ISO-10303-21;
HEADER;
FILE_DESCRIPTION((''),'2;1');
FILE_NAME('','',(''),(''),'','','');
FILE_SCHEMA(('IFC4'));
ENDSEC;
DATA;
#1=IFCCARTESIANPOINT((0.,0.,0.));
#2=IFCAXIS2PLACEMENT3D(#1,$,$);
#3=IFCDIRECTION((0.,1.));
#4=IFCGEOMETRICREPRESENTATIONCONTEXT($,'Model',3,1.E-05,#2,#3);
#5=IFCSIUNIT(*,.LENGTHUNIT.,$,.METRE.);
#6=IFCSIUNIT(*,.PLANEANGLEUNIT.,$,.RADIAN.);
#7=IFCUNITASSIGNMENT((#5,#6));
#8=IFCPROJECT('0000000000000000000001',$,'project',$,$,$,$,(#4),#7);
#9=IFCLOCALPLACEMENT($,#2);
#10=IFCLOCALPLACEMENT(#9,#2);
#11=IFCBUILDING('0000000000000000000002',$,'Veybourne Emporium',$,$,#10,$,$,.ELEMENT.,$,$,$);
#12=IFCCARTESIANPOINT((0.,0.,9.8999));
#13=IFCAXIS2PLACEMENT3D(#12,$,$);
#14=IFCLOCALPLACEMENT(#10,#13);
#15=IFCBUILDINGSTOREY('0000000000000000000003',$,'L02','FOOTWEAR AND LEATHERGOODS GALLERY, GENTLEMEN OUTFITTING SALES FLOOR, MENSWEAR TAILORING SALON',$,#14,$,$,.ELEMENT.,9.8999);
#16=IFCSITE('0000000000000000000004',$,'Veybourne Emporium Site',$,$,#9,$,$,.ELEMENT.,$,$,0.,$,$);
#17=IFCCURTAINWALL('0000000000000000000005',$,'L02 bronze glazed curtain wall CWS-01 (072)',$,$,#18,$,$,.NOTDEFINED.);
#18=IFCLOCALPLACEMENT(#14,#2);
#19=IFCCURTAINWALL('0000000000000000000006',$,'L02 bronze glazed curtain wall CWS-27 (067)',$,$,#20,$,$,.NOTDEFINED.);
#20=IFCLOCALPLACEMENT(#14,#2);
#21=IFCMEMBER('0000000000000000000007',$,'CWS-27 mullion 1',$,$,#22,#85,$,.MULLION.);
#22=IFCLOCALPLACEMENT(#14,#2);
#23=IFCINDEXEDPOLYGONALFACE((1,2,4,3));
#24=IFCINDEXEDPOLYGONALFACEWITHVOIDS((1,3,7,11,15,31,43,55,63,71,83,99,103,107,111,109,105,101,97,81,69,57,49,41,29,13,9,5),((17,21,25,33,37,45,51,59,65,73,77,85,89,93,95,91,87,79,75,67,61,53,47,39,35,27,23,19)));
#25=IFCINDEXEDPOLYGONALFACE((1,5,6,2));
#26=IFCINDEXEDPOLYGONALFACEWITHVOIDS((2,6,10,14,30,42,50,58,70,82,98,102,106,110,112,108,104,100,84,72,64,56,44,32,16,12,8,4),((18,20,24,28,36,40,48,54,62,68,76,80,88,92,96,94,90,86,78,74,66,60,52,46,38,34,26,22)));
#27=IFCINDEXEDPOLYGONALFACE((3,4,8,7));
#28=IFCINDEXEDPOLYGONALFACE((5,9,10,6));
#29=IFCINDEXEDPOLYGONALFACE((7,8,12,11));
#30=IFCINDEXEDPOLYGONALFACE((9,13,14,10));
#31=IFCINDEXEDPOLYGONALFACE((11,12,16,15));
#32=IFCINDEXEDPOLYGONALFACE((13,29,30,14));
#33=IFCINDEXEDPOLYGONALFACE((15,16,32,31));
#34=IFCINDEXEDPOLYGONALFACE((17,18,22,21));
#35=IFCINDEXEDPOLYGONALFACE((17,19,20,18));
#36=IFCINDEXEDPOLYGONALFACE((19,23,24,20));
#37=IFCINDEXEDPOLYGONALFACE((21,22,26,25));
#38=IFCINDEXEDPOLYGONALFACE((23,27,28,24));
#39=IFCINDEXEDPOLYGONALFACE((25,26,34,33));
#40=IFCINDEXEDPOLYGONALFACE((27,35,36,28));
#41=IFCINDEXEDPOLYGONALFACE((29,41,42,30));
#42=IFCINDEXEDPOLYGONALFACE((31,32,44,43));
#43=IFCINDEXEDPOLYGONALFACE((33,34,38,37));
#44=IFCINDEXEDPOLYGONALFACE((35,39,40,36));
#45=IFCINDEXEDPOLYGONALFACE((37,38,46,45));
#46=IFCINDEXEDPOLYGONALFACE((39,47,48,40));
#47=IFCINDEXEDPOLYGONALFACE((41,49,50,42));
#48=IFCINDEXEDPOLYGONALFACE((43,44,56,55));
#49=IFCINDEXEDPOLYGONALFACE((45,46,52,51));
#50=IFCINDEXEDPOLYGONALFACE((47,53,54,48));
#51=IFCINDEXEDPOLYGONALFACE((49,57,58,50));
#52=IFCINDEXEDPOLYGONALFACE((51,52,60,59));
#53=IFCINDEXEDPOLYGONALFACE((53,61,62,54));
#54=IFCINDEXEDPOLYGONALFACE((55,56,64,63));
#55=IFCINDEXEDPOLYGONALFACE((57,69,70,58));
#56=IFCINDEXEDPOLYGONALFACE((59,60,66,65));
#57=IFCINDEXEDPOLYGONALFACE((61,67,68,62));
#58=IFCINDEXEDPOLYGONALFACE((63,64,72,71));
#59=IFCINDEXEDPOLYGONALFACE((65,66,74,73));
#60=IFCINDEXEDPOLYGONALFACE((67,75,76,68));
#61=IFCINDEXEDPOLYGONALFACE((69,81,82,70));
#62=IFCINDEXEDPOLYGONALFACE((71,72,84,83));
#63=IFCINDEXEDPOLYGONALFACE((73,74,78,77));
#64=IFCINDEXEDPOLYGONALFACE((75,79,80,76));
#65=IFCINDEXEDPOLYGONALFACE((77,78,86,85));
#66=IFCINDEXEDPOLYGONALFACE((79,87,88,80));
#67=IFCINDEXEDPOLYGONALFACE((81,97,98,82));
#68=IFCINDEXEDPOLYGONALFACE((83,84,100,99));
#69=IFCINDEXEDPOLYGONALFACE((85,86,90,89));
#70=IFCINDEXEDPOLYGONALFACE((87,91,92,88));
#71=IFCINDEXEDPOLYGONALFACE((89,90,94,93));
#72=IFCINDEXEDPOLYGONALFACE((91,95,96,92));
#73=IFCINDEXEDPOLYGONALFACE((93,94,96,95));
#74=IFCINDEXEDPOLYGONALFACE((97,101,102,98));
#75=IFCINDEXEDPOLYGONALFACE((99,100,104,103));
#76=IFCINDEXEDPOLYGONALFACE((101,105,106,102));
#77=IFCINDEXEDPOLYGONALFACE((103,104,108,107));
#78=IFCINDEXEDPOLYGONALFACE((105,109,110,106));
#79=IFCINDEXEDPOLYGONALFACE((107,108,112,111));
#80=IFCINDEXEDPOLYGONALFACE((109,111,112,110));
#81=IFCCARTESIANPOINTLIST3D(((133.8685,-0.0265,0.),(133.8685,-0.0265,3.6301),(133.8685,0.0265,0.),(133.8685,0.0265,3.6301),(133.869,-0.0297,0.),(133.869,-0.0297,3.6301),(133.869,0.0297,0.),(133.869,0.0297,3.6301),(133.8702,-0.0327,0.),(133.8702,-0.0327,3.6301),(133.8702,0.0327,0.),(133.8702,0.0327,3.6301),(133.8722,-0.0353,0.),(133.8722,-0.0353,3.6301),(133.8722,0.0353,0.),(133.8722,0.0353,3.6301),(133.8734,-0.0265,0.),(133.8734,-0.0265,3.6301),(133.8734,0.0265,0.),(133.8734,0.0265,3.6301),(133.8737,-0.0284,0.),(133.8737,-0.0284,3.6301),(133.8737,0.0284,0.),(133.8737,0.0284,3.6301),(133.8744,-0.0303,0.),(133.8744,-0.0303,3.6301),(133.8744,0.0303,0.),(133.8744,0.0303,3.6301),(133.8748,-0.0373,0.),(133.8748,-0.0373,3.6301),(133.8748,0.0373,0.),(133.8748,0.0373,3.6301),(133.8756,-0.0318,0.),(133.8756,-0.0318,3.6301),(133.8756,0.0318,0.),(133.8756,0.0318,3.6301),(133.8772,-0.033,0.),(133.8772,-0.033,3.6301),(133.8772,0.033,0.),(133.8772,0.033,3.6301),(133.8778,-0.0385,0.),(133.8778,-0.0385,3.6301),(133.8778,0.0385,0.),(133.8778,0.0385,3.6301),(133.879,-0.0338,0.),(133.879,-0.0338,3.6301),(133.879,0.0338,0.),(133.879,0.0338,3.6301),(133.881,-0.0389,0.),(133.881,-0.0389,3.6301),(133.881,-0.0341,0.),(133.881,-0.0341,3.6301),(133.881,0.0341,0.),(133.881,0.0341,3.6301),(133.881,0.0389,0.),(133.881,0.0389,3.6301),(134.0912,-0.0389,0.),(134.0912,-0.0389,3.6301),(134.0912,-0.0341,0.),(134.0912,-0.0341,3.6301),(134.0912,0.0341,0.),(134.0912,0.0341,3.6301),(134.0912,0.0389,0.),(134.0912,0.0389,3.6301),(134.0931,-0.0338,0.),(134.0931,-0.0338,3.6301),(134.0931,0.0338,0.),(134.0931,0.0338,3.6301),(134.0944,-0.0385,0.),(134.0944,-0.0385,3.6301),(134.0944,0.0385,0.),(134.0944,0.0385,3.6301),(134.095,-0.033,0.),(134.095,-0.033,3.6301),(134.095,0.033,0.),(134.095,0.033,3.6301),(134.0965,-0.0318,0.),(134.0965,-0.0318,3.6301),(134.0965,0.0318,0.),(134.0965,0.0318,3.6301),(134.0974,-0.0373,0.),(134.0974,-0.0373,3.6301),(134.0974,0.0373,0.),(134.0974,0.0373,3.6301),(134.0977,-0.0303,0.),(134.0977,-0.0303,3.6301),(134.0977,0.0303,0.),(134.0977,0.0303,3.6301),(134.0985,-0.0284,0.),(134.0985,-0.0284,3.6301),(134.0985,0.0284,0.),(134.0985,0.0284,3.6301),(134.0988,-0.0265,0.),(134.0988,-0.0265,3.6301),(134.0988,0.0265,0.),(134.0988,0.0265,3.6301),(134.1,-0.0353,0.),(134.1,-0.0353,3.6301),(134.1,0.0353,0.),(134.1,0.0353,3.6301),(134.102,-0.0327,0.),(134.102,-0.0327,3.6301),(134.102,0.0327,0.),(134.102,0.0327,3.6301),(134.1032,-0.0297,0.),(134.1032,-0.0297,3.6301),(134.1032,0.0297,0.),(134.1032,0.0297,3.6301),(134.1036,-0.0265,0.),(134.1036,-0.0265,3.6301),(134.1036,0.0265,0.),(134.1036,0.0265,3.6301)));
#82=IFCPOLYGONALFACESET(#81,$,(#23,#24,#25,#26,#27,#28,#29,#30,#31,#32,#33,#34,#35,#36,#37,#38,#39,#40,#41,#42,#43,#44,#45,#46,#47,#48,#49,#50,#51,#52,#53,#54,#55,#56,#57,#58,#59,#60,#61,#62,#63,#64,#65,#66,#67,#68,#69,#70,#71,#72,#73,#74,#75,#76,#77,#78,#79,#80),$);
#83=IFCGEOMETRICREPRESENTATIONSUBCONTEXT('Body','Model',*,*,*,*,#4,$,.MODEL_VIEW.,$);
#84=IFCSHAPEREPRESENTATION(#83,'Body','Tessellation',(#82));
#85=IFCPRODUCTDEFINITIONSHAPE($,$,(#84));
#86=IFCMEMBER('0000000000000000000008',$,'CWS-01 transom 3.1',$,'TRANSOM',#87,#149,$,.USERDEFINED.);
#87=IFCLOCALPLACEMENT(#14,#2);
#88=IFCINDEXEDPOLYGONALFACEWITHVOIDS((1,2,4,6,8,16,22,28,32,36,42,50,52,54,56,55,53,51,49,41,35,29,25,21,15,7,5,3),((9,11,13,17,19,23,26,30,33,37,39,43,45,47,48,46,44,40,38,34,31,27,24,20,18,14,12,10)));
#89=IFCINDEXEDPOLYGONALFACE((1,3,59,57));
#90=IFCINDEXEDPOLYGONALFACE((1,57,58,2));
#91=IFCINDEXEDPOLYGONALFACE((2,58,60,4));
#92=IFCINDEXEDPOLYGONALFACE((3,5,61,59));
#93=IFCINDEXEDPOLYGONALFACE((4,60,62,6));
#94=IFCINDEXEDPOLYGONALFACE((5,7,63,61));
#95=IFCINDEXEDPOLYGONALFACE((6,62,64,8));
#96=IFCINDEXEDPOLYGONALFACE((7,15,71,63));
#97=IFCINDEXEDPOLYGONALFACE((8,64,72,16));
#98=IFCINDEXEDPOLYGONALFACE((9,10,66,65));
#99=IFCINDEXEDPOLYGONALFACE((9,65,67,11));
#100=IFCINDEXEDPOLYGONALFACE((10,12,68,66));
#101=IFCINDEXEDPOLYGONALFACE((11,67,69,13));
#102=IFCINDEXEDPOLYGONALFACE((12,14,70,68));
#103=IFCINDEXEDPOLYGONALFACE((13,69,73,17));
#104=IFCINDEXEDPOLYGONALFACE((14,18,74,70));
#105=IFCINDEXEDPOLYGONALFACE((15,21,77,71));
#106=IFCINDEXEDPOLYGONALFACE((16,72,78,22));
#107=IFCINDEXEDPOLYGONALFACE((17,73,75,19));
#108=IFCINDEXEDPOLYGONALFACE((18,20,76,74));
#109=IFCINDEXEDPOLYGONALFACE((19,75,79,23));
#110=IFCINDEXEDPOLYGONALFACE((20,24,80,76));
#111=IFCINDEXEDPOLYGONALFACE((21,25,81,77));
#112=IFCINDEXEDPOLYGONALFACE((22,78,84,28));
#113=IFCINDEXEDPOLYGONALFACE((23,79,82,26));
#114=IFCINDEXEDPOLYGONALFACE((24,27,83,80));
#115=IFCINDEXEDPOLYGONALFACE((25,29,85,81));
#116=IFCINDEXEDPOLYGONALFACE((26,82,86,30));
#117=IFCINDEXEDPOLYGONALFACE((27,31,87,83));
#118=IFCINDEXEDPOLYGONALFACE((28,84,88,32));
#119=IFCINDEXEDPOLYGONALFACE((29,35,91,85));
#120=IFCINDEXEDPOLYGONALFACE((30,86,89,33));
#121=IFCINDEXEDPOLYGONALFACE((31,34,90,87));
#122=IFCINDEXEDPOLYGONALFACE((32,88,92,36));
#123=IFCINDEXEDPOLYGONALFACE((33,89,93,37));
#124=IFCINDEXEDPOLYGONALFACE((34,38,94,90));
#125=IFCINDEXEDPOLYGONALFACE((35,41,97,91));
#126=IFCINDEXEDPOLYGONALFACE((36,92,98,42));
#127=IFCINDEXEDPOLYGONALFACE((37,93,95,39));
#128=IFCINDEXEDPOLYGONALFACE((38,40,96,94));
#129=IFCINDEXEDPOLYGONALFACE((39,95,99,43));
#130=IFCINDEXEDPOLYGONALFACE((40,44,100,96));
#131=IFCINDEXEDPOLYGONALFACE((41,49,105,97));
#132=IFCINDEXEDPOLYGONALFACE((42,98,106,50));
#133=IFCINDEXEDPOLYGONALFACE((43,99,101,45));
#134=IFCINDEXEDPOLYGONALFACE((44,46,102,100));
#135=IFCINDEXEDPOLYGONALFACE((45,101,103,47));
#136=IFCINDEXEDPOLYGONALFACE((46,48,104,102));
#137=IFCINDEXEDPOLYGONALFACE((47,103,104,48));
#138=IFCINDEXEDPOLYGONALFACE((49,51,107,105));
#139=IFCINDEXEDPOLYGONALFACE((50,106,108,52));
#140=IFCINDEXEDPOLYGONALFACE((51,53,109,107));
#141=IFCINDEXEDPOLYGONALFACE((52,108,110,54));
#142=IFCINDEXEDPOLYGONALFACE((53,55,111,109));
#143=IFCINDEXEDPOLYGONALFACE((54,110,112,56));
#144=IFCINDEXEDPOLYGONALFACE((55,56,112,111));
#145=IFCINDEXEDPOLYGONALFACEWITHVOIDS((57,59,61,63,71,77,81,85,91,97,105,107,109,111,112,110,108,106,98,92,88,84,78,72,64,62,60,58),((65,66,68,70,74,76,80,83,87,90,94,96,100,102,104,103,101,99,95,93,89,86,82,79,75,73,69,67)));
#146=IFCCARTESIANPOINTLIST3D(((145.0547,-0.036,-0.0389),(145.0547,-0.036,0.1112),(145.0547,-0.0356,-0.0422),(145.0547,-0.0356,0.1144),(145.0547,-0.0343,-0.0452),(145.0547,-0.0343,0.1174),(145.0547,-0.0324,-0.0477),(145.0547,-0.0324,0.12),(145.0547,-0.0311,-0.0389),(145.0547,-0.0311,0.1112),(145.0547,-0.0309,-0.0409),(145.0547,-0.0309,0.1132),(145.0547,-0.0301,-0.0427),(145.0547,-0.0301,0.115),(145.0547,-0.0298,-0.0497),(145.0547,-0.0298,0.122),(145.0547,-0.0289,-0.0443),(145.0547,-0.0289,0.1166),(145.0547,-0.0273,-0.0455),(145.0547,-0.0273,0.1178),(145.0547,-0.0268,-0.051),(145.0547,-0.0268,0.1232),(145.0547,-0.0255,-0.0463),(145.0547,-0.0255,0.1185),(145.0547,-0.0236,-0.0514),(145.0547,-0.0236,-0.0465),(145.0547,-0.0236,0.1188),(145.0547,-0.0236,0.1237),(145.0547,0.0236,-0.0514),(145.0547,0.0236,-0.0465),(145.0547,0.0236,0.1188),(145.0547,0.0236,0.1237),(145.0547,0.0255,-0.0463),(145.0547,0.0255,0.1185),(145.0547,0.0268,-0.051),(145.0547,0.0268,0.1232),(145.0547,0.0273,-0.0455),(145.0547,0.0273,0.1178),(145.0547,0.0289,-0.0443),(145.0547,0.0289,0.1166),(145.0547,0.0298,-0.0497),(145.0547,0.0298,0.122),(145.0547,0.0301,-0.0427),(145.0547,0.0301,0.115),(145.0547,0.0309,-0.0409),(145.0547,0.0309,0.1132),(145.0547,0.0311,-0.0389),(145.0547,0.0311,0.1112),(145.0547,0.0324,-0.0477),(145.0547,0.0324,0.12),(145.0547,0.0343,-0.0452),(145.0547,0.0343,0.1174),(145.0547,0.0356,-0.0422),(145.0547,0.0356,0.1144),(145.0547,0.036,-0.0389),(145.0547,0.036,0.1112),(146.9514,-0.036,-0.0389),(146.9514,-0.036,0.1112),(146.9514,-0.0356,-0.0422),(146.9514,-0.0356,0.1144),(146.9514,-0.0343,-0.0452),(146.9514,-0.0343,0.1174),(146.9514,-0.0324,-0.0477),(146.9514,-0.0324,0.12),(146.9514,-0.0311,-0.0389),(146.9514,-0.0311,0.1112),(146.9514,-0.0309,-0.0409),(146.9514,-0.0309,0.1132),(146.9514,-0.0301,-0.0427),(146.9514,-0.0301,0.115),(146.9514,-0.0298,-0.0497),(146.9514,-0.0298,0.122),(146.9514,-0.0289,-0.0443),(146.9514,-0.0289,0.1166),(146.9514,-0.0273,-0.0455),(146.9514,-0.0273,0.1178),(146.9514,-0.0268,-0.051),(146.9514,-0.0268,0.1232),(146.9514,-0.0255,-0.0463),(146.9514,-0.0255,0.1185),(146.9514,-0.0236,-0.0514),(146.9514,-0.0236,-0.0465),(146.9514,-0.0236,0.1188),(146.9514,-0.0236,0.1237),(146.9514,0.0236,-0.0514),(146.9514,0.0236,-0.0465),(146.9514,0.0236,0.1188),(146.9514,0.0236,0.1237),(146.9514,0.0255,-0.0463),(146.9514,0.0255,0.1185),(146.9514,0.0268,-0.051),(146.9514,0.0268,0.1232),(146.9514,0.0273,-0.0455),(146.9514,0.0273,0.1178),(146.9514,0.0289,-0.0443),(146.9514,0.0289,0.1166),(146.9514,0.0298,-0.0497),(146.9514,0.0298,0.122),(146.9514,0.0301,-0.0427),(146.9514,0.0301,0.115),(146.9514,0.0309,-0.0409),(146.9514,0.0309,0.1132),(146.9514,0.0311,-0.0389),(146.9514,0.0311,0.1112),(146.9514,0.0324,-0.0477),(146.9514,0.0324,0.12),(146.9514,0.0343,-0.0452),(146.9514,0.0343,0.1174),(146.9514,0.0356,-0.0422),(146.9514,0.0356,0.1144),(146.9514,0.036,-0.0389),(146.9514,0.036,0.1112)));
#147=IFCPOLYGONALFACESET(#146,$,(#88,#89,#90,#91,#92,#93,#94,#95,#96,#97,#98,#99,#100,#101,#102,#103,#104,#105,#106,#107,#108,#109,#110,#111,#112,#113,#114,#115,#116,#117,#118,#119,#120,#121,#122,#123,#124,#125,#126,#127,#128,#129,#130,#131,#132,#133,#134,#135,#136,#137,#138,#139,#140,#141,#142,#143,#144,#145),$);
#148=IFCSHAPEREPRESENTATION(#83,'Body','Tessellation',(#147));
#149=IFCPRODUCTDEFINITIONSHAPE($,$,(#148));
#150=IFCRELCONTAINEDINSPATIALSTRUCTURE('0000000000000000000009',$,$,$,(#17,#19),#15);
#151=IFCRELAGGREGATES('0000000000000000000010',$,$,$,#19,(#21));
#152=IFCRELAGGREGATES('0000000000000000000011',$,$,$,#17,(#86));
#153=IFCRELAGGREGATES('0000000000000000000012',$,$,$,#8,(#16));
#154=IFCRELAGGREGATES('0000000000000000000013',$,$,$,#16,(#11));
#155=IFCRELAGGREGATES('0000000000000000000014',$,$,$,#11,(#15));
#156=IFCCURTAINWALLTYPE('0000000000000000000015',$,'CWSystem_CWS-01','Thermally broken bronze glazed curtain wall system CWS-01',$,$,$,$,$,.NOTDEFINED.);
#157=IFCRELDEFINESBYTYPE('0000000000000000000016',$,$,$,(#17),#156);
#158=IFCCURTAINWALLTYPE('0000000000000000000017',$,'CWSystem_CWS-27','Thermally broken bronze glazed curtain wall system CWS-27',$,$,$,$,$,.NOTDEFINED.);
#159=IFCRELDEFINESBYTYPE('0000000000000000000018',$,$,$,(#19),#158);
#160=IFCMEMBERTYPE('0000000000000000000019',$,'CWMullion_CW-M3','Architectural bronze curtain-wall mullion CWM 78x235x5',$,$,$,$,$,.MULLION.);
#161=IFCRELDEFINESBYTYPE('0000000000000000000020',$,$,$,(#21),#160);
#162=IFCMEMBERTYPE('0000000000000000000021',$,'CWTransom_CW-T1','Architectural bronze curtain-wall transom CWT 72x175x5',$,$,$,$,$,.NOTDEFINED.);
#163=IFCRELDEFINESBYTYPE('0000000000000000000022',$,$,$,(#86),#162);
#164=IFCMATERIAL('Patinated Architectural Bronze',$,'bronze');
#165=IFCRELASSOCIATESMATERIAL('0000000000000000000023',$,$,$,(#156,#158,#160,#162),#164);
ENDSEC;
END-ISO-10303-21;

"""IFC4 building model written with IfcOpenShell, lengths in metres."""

from ifc_helpers import new_model, si_unit, direction, frame, origin, origin_2d, place, context, subcontext, project, spatial, hollow_rectangle, extrude, material, material_profile, profile_set, type_object, element, aggregate, save


model = new_model("IFC4")

# Units and contexts
model_context = context("Model", 3, precision=1e-05, world=origin(), true_north=direction((0.0, 1.0)))
body_context = subcontext(model_context, "Body", "Model", "MODEL_VIEW")
ifc_project = project(units=[si_unit("LENGTHUNIT", "METRE"), si_unit("PLANEANGLEUNIT", "RADIAN")], contexts=[model_context])

# Site, building, storey
site_placement = place(None, origin())
site = spatial("IfcSite", under=ifc_project, at=site_placement, Name="Veybourne Emporium Site", CompositionType="ELEMENT", RefElevation=0.0)
building_placement = place(site_placement, origin())
building = spatial("IfcBuilding", under=site, at=building_placement, Name="Veybourne Emporium", CompositionType="ELEMENT")
storey_placement = place(building_placement, frame((0.0, 0.0, 9.8999)))
storey = spatial("IfcBuildingStorey", under=building, at=storey_placement, Name="L02", Description="FOOTWEAR AND LEATHERGOODS GALLERY, GENTLEMEN OUTFITTING SALES FLOOR, MENSWEAR TAILORING SALON", CompositionType="ELEMENT", Elevation=9.8999)

# Curtain wall
ifc_material_1 = material(Name="Patinated Architectural Bronze", Category="bronze")
curtain_wall_type_1 = type_object("IfcCurtainWallType", Name="CWSystem_CWS-01", Description="Thermally broken bronze glazed curtain wall system CWS-01", PredefinedType="NOTDEFINED", material=ifc_material_1)
curtain_wall_1_placement = place(storey_placement, origin())
curtain_wall_1 = element("IfcCurtainWall", 1, at=curtain_wall_1_placement, inside=storey, type_object=curtain_wall_type_1, Name="L02 bronze glazed curtain wall CWS-01 (072)", PredefinedType="NOTDEFINED")

# Curtain wall, member
curtain_wall_type_2 = type_object("IfcCurtainWallType", Name="CWSystem_CWS-27", Description="Thermally broken bronze glazed curtain wall system CWS-27", PredefinedType="NOTDEFINED", material=ifc_material_1)
curtain_wall_2_placement = place(storey_placement, origin())
curtain_wall_2 = element("IfcCurtainWall", 2, at=curtain_wall_2_placement, inside=storey, type_object=curtain_wall_type_2, Name="L02 bronze glazed curtain wall CWS-27 (067)", PredefinedType="NOTDEFINED")
ifc_material_profile_1 = material_profile(ifc_material_1, hollow_rectangle(XDim=0.0779, YDim=0.2351, WallThickness=0.0049, InnerFilletRadius=0.0076, OuterFilletRadius=0.0125, at=origin_2d()), Name="CWM 78x235x5")
ifc_profile_set_1 = profile_set([ifc_material_profile_1], Name="Patinated Architectural Bronze")
member_type_1 = type_object("IfcMemberType", Name="CWMullion_CW-M3", Description="Architectural bronze curtain-wall mullion CWM 78x235x5", PredefinedType="MULLION", material=ifc_profile_set_1)
member_1_placement = place(storey_placement, frame((133.9861, 0.0, 0.0), z_axis=(0.0, 0.0, 1.0), x_axis=(0.0, -1.0, 0.0)))
member_1 = element("IfcMember", 3, at=member_1_placement, type_object=member_type_1, Name="CWS-27 mullion 1", PredefinedType="MULLION", context=body_context, shape_type="SweptSolid", body=[
    extrude(hollow_rectangle(XDim=0.0779, YDim=0.2351, WallThickness=0.0049, InnerFilletRadius=0.0076, OuterFilletRadius=0.0125, at=origin_2d()), origin(), (0.0, 0.0, 1.0), 3.6301),
])

# Member
ifc_material_profile_2 = material_profile(ifc_material_1, hollow_rectangle(XDim=0.072, YDim=0.175, WallThickness=0.0049, InnerFilletRadius=0.0076, OuterFilletRadius=0.0125, at=origin_2d()), Name="CWT 72x175x5")
ifc_profile_set_2 = profile_set([ifc_material_profile_2], Name="Patinated Architectural Bronze")
member_type_2 = type_object("IfcMemberType", Name="CWTransom_CW-T1", Description="Architectural bronze curtain-wall transom CWT 72x175x5", PredefinedType="NOTDEFINED", material=ifc_profile_set_2)
member_2_placement = place(storey_placement, frame((146.9514, 0.0, 0.0361), z_axis=(-1.0, 0.0, 0.0), x_axis=(0.0, -1.0, 0.0)))
member_2 = element("IfcMember", 4, at=member_2_placement, type_object=member_type_2, Name="CWS-01 transom 3.1", ObjectType="TRANSOM", PredefinedType="USERDEFINED", context=body_context, shape_type="SweptSolid", body=[
    extrude(hollow_rectangle(XDim=0.072, YDim=0.175, WallThickness=0.0049, InnerFilletRadius=0.0076, OuterFilletRadius=0.0125, at=origin_2d()), origin(), (0.0, 0.0, 1.0), 1.8967),
])

aggregate(curtain_wall_2, [member_1])
aggregate(curtain_wall_1, [member_2])

save(model, "model.ifc")
